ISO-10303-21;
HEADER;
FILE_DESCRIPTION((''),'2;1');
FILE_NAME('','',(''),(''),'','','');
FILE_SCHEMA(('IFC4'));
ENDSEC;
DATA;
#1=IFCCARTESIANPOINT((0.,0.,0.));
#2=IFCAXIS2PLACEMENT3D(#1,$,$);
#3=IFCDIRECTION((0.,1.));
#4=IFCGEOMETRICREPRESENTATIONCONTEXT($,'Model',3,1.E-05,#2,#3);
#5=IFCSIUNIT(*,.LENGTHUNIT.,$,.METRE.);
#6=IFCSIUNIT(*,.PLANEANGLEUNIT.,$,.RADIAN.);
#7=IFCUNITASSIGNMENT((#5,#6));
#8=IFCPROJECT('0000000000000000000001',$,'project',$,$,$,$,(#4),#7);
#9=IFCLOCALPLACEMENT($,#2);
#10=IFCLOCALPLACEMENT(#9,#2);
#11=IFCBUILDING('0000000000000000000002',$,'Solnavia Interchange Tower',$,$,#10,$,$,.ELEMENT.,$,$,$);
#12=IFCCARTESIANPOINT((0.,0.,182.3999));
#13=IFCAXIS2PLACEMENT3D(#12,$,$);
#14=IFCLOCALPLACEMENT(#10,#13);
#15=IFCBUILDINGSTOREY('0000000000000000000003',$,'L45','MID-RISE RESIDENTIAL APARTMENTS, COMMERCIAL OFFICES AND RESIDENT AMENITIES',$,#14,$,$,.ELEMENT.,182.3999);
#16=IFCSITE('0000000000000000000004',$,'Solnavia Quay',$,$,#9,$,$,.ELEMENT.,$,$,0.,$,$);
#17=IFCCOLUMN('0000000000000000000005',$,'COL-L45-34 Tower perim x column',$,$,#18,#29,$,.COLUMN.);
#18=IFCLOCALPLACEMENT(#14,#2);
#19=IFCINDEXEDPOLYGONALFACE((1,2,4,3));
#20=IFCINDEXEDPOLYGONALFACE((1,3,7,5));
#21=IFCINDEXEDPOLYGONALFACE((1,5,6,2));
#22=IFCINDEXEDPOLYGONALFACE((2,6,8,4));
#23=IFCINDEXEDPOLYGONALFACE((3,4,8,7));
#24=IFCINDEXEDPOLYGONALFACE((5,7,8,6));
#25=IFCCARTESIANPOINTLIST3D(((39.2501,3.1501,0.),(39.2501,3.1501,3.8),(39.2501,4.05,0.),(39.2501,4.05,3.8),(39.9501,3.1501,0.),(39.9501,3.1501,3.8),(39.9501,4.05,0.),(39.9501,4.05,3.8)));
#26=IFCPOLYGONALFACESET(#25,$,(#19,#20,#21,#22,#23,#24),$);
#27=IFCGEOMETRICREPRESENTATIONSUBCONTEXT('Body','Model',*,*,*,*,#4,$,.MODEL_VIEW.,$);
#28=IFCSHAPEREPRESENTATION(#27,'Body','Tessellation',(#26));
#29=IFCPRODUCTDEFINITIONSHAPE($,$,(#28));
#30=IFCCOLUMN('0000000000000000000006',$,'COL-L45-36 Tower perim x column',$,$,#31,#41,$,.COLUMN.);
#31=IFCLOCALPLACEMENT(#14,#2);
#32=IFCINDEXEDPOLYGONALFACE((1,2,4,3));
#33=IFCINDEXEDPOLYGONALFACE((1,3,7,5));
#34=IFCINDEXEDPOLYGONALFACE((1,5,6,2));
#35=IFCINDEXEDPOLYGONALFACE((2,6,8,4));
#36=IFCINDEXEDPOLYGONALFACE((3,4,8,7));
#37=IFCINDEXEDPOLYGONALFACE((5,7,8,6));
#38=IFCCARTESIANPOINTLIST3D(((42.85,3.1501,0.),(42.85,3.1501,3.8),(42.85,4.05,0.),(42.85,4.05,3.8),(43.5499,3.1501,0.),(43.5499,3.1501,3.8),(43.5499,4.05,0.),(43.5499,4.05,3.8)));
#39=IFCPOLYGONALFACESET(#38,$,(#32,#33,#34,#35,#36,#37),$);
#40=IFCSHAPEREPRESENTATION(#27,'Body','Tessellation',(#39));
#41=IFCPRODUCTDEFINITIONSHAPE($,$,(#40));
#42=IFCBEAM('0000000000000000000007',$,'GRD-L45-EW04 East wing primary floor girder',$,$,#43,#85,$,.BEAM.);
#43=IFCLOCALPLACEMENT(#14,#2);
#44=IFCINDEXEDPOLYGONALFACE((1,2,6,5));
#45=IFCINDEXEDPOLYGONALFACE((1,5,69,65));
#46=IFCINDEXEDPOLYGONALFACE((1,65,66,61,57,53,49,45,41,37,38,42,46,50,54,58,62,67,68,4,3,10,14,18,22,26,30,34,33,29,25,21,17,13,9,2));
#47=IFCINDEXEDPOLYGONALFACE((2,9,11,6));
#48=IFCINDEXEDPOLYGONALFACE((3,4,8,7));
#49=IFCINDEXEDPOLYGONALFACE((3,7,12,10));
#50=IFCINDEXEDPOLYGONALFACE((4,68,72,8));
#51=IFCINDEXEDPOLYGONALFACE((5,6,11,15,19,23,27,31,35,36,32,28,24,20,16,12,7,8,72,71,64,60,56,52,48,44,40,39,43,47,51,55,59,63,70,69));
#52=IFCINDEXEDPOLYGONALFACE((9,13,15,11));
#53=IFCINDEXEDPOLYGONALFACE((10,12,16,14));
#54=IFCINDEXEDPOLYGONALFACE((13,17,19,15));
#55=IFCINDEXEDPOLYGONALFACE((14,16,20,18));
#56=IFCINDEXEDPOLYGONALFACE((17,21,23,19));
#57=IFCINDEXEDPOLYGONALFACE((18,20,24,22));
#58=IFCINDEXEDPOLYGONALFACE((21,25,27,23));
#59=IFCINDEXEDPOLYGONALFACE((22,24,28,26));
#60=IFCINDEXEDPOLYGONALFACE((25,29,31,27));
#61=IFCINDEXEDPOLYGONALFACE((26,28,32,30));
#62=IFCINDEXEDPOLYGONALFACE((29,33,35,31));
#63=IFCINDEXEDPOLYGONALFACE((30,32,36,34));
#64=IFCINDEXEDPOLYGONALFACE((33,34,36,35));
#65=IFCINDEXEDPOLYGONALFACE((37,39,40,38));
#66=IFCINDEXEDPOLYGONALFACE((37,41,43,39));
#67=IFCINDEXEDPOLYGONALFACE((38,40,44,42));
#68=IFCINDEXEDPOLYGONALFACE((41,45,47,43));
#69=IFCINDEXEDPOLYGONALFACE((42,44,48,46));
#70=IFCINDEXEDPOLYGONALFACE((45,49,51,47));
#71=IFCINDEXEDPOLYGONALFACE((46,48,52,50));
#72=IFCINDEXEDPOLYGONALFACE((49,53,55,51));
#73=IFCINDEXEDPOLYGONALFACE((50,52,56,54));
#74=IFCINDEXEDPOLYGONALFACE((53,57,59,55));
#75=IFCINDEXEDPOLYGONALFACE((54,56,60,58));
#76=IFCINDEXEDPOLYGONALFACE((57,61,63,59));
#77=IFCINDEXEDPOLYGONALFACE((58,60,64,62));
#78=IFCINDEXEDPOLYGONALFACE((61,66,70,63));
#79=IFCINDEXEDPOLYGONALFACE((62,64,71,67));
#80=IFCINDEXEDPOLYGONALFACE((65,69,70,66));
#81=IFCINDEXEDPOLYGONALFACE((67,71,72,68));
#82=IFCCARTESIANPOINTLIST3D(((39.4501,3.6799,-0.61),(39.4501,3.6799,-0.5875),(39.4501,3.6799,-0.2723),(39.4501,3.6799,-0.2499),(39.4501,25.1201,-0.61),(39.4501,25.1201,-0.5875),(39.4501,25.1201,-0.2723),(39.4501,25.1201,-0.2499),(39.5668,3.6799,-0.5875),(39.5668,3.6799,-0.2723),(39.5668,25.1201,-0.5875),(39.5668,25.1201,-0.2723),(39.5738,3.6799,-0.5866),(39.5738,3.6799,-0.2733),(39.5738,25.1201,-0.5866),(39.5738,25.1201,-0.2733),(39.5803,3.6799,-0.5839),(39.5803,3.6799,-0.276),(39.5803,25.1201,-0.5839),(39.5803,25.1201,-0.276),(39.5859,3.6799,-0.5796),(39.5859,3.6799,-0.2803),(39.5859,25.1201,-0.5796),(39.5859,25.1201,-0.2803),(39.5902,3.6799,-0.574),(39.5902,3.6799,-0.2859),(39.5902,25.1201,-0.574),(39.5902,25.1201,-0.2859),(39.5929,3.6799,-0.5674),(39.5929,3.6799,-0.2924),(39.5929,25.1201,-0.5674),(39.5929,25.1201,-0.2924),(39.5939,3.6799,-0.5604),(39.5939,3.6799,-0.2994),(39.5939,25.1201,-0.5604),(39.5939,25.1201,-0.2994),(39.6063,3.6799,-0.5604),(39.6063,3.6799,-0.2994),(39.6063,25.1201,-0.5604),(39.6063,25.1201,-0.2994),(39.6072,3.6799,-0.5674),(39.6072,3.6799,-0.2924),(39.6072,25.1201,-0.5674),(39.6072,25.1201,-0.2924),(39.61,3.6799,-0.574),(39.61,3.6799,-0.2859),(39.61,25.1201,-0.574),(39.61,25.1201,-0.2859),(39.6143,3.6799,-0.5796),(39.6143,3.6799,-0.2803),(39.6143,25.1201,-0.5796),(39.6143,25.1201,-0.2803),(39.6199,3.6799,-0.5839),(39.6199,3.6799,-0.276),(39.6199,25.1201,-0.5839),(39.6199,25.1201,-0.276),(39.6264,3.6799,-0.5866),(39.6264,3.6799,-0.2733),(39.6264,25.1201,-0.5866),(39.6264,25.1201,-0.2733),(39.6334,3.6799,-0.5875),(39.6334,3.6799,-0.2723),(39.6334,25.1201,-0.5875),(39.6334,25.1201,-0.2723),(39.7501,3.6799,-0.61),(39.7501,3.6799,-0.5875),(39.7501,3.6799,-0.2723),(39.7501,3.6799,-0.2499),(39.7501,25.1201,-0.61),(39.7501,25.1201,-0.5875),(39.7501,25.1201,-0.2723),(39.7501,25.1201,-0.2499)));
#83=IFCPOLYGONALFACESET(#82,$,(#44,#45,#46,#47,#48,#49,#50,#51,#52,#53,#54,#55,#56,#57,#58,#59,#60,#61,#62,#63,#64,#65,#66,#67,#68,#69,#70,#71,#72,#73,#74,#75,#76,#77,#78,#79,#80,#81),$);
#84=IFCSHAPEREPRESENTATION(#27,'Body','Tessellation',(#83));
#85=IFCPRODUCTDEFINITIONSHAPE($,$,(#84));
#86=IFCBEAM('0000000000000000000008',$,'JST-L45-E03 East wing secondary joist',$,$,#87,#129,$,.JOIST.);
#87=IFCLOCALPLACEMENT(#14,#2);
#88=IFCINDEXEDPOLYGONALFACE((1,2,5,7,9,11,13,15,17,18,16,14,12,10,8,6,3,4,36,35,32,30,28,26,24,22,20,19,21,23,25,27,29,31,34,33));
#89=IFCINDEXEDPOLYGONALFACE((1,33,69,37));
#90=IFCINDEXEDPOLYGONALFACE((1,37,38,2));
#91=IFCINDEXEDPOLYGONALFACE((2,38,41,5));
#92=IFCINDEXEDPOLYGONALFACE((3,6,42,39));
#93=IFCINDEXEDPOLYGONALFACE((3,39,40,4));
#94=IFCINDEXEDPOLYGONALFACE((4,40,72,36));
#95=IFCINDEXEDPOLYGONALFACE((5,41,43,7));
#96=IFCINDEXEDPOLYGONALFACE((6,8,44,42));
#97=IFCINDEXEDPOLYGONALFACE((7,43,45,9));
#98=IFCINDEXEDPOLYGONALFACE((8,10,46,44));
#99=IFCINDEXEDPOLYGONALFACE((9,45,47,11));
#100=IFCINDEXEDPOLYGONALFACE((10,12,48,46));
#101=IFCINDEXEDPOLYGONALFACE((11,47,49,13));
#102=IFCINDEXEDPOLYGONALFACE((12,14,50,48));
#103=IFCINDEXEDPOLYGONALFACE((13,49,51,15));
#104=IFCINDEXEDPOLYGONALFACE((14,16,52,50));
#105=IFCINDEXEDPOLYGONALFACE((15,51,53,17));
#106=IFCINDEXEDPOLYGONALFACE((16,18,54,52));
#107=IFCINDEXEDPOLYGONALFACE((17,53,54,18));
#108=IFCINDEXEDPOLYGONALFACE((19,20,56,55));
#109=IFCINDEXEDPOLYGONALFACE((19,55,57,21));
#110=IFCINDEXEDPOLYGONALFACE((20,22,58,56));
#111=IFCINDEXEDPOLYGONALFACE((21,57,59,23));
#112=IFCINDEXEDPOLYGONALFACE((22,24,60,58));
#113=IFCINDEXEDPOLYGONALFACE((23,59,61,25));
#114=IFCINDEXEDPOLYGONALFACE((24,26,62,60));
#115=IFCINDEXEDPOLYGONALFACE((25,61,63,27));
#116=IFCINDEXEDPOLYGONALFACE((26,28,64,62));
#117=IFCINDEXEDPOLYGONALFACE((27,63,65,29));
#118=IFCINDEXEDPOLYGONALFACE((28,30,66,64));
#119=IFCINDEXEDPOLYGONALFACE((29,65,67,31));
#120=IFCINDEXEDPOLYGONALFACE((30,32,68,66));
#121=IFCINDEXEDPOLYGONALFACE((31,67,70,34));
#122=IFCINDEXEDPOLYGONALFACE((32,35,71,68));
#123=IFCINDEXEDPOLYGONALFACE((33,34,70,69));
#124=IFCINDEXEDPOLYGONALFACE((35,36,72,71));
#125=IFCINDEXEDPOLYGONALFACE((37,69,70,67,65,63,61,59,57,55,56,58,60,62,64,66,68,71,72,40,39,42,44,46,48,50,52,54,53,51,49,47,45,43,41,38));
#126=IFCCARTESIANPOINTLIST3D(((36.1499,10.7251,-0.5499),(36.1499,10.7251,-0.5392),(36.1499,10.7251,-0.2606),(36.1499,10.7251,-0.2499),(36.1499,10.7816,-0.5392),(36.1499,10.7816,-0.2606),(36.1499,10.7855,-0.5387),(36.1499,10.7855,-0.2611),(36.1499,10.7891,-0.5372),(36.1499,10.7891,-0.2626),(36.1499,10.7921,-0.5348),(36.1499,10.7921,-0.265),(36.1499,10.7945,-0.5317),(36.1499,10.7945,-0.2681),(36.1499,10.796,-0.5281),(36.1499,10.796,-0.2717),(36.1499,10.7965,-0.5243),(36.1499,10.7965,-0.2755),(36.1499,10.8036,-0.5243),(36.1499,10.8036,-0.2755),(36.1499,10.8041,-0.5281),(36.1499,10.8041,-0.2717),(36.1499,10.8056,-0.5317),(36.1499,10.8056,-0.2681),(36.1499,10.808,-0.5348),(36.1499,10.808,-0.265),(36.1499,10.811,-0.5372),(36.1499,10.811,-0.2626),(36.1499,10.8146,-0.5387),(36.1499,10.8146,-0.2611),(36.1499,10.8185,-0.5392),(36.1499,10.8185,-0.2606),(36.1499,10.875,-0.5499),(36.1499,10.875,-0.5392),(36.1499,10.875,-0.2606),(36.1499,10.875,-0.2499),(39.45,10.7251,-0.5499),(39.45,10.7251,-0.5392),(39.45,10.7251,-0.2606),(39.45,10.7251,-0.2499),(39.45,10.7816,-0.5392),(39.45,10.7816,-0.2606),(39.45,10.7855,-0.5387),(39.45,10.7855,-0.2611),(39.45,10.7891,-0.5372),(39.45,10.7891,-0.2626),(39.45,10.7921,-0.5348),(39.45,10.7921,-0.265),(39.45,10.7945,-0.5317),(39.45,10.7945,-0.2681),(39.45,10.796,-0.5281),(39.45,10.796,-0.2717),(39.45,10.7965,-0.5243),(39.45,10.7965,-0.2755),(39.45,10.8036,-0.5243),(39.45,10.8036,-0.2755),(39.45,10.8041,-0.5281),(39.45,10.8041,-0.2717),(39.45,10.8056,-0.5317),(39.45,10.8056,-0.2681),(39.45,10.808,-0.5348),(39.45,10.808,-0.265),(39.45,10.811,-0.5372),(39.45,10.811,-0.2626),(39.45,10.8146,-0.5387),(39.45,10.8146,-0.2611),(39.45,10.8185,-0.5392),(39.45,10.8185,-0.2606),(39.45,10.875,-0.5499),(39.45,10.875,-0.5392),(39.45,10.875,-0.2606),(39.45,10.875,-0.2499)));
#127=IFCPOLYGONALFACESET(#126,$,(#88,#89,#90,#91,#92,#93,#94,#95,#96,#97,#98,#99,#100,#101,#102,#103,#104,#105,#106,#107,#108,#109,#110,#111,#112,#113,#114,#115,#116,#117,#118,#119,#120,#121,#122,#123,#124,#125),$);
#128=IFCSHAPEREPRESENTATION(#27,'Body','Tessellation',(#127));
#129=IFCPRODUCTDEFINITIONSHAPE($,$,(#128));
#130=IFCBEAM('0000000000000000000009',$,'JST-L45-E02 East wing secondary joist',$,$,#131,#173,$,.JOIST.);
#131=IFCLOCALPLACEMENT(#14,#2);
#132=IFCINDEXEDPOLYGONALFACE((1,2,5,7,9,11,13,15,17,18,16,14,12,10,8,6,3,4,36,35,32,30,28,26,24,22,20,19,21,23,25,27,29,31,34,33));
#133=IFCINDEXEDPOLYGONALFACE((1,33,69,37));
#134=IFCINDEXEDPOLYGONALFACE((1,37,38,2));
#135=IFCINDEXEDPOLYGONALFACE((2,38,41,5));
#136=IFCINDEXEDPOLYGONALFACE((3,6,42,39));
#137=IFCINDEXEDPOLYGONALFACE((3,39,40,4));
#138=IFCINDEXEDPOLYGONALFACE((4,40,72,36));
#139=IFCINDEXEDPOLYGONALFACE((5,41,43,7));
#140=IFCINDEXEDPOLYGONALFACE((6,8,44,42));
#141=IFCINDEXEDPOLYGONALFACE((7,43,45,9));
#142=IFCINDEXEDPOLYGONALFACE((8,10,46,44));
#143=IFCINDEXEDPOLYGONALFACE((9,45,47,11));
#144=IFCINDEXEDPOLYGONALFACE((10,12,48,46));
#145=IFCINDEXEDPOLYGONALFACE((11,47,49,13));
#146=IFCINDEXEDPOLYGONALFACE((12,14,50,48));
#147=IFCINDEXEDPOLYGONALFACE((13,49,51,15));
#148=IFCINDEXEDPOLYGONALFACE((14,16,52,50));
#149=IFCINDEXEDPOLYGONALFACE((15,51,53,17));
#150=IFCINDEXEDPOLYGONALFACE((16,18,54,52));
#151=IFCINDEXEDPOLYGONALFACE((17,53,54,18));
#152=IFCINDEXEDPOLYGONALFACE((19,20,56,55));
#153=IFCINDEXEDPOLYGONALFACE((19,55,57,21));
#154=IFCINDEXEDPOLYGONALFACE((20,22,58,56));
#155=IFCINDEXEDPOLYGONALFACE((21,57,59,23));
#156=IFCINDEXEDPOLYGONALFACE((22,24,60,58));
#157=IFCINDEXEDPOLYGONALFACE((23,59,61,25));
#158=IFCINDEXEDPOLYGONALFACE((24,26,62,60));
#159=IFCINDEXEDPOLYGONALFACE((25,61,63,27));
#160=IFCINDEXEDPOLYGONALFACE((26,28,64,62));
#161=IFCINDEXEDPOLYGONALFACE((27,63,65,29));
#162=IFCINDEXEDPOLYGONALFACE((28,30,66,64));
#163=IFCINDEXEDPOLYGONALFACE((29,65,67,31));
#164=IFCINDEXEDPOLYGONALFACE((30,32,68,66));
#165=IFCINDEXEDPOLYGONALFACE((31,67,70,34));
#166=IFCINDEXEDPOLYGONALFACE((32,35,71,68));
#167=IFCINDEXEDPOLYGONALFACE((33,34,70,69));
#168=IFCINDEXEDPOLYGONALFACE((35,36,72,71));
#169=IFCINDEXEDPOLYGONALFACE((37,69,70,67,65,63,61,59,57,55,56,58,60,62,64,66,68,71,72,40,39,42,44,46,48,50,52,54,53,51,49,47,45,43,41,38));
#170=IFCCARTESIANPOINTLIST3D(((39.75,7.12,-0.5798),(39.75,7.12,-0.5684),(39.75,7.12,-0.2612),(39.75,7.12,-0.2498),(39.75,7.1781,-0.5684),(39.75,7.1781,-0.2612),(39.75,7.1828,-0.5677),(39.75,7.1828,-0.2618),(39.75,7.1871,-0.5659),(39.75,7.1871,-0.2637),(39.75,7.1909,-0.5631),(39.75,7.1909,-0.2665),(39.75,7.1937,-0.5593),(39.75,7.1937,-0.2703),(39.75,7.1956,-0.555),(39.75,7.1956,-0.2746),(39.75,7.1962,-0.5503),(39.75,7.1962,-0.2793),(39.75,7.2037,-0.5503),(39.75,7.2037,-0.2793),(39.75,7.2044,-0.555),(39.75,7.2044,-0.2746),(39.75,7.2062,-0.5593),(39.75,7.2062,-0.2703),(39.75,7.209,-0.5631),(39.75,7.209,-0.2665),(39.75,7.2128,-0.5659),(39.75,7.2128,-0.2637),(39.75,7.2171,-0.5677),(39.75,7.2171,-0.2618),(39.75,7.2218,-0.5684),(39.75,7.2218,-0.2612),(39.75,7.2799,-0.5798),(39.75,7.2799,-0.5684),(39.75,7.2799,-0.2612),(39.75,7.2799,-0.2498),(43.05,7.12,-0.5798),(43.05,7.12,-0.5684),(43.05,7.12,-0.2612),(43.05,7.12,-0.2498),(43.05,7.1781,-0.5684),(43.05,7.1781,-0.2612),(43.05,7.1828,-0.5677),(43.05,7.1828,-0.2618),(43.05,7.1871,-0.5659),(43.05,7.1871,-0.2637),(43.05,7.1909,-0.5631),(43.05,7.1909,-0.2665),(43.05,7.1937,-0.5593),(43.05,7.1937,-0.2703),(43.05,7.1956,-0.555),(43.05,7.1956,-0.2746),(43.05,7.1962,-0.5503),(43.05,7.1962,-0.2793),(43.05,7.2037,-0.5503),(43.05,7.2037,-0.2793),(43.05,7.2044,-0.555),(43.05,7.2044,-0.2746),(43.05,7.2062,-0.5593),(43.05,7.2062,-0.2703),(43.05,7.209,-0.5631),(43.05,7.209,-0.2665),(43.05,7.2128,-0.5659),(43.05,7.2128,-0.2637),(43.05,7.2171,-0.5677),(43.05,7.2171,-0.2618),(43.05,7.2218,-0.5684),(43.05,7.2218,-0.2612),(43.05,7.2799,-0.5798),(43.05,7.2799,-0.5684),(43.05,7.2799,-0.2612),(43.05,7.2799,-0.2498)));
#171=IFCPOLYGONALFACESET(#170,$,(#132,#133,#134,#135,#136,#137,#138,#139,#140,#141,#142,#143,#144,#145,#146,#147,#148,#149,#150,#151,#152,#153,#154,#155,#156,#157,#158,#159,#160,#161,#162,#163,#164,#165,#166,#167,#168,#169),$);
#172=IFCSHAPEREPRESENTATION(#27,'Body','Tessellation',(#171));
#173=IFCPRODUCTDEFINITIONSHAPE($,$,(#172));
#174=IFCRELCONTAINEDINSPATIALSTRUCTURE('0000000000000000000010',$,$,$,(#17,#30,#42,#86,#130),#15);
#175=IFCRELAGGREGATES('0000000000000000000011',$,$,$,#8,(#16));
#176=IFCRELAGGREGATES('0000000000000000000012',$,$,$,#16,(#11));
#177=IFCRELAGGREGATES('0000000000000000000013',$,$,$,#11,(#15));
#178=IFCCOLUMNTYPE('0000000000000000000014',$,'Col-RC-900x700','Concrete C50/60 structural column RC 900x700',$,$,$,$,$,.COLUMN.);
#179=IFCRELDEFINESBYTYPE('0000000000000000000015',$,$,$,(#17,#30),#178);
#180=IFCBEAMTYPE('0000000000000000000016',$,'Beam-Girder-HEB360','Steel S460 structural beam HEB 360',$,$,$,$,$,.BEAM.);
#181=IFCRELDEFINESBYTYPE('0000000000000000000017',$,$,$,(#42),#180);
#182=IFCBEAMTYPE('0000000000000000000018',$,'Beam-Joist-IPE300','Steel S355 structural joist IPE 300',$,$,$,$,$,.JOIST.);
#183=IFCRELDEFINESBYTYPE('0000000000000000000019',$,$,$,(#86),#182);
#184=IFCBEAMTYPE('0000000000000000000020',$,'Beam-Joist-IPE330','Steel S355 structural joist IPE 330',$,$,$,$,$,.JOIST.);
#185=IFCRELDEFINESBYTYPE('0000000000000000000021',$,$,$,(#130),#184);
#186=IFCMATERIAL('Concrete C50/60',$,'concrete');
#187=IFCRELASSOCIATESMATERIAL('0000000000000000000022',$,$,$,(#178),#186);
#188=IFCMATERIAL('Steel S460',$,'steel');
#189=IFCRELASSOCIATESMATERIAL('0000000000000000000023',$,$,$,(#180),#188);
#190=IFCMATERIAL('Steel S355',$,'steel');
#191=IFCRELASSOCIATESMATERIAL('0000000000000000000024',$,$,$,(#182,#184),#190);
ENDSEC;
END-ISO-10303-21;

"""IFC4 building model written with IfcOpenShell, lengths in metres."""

from ifc_helpers import new_model, si_unit, direction, frame, origin, origin_2d, place, context, subcontext, project, spatial, rectangle, i_section, extrude, material, material_profile, profile_set, type_object, element, save


model = new_model("IFC4")

# Units and contexts
model_context = context("Model", 3, precision=1e-05, world=origin(), true_north=direction((0.0, 1.0)))
body_context = subcontext(model_context, "Body", "Model", "MODEL_VIEW")
ifc_project = project(units=[si_unit("LENGTHUNIT", "METRE"), si_unit("PLANEANGLEUNIT", "RADIAN")], contexts=[model_context])

# Site, building, storey
site_placement = place(None, origin())
site = spatial("IfcSite", under=ifc_project, at=site_placement, Name="Solnavia Quay", CompositionType="ELEMENT", RefElevation=0.0)
building_placement = place(site_placement, origin())
building = spatial("IfcBuilding", under=site, at=building_placement, Name="Solnavia Interchange Tower", CompositionType="ELEMENT")
storey_placement = place(building_placement, frame((0.0, 0.0, 182.3999)))
storey = spatial("IfcBuildingStorey", under=building, at=storey_placement, Name="L45", Description="MID-RISE RESIDENTIAL APARTMENTS, COMMERCIAL OFFICES AND RESIDENT AMENITIES", CompositionType="ELEMENT", Elevation=182.3999)

# Columns
ifc_material_1 = material(Name="Concrete C50/60", Category="concrete")
ifc_material_profile_1 = material_profile(ifc_material_1, rectangle(XDim=0.7, YDim=0.8999, at=origin_2d()), Name="RC 900x700")
ifc_profile_set_1 = profile_set([ifc_material_profile_1], Name="Concrete C50/60")
column_type = type_object("IfcColumnType", Name="Col-RC-900x700", Description="Concrete C50/60 structural column RC 900x700", PredefinedType="COLUMN", material=ifc_profile_set_1)
for number, where, z_axis, x_axis, name in (
    (1, (39.6001, 3.6001, 0.0), (0.0, 0.0, 1.0), (1.0, 0.0, 0.0), "COL-L45-34 Tower perim x column"),
    (2, (43.2, 3.6001, 0.0), (0.0, 0.0, 1.0), (1.0, 0.0, 0.0), "COL-L45-36 Tower perim x column"),
):
    element("IfcColumn", number, at=place(storey_placement, frame(where, z_axis=z_axis, x_axis=x_axis)), inside=storey, type_object=column_type, Name=name, PredefinedType="COLUMN", context=body_context, shape_type="SweptSolid", body=[
        extrude(rectangle(XDim=0.7, YDim=0.8999, at=origin_2d()), origin(), (0.0, 0.0, 1.0), 3.8),
    ])

# Beams
ifc_material_2 = material(Name="Steel S460", Category="steel")
ifc_material_profile_2 = material_profile(ifc_material_2, i_section(OverallWidth=0.3, OverallDepth=0.3601, WebThickness=0.0125, FlangeThickness=0.0225, FilletRadius=0.0271, at=origin_2d()), Name="HEB 360")
ifc_profile_set_2 = profile_set([ifc_material_profile_2], Name="Steel S460")
beam_type_1 = type_object("IfcBeamType", Name="Beam-Girder-HEB360", Description="Steel S460 structural beam HEB 360", PredefinedType="BEAM", material=ifc_profile_set_2)
beam_1_placement = place(storey_placement, frame((39.6001, 3.6799, -0.4299), z_axis=(0.0, 1.0, 0.0), x_axis=(-1.0, 0.0, 0.0)))
element("IfcBeam", 3, at=beam_1_placement, inside=storey, type_object=beam_type_1, Name="GRD-L45-EW04 East wing primary floor girder", PredefinedType="BEAM", context=body_context, shape_type="SweptSolid", body=[
    extrude(i_section(OverallWidth=0.3, OverallDepth=0.3601, WebThickness=0.0125, FlangeThickness=0.0225, FilletRadius=0.0271, at=origin_2d()), origin(), (0.0, 0.0, 1.0), 21.4402),
])
ifc_material_3 = material(Name="Steel S355", Category="steel")
ifc_material_profile_3 = material_profile(ifc_material_3, i_section(OverallWidth=0.1499, OverallDepth=0.3, WebThickness=0.0071, FlangeThickness=0.0107, FilletRadius=0.0149, at=origin_2d()), Name="IPE 300")
ifc_profile_set_3 = profile_set([ifc_material_profile_3], Name="Steel S355")
beam_type_2 = type_object("IfcBeamType", Name="Beam-Joist-IPE300", Description="Steel S355 structural joist IPE 300", PredefinedType="JOIST", material=ifc_profile_set_3)
beam_2_placement = place(storey_placement, frame((36.1499, 10.8, -0.3999), z_axis=(1.0, 0.0, 0.0), x_axis=(0.0, 1.0, 0.0)))
element("IfcBeam", 4, at=beam_2_placement, inside=storey, type_object=beam_type_2, Name="JST-L45-E03 East wing secondary joist", PredefinedType="JOIST", context=body_context, shape_type="SweptSolid", body=[
    extrude(i_section(OverallWidth=0.1499, OverallDepth=0.3, WebThickness=0.0071, FlangeThickness=0.0107, FilletRadius=0.0149, at=origin_2d()), origin(), (0.0, 0.0, 1.0), 3.3),
])
ifc_material_profile_4 = material_profile(ifc_material_3, i_section(OverallWidth=0.1599, OverallDepth=0.3301, WebThickness=0.0076, FlangeThickness=0.0115, FilletRadius=0.0181, at=origin_2d()), Name="IPE 330")
ifc_profile_set_4 = profile_set([ifc_material_profile_4], Name="Steel S355")
beam_type_3 = type_object("IfcBeamType", Name="Beam-Joist-IPE330", Description="Steel S355 structural joist IPE 330", PredefinedType="JOIST", material=ifc_profile_set_4)
beam_3_placement = place(storey_placement, frame((39.75, 7.2, -0.4148), z_axis=(1.0, 0.0, 0.0), x_axis=(0.0, 1.0, 0.0)))
element("IfcBeam", 5, at=beam_3_placement, inside=storey, type_object=beam_type_3, Name="JST-L45-E02 East wing secondary joist", PredefinedType="JOIST", context=body_context, shape_type="SweptSolid", body=[
    extrude(i_section(OverallWidth=0.1599, OverallDepth=0.3301, WebThickness=0.0076, FlangeThickness=0.0115, FilletRadius=0.0181, at=origin_2d()), origin(), (0.0, 0.0, 1.0), 3.3),
])

save(model, "model.ifc")
